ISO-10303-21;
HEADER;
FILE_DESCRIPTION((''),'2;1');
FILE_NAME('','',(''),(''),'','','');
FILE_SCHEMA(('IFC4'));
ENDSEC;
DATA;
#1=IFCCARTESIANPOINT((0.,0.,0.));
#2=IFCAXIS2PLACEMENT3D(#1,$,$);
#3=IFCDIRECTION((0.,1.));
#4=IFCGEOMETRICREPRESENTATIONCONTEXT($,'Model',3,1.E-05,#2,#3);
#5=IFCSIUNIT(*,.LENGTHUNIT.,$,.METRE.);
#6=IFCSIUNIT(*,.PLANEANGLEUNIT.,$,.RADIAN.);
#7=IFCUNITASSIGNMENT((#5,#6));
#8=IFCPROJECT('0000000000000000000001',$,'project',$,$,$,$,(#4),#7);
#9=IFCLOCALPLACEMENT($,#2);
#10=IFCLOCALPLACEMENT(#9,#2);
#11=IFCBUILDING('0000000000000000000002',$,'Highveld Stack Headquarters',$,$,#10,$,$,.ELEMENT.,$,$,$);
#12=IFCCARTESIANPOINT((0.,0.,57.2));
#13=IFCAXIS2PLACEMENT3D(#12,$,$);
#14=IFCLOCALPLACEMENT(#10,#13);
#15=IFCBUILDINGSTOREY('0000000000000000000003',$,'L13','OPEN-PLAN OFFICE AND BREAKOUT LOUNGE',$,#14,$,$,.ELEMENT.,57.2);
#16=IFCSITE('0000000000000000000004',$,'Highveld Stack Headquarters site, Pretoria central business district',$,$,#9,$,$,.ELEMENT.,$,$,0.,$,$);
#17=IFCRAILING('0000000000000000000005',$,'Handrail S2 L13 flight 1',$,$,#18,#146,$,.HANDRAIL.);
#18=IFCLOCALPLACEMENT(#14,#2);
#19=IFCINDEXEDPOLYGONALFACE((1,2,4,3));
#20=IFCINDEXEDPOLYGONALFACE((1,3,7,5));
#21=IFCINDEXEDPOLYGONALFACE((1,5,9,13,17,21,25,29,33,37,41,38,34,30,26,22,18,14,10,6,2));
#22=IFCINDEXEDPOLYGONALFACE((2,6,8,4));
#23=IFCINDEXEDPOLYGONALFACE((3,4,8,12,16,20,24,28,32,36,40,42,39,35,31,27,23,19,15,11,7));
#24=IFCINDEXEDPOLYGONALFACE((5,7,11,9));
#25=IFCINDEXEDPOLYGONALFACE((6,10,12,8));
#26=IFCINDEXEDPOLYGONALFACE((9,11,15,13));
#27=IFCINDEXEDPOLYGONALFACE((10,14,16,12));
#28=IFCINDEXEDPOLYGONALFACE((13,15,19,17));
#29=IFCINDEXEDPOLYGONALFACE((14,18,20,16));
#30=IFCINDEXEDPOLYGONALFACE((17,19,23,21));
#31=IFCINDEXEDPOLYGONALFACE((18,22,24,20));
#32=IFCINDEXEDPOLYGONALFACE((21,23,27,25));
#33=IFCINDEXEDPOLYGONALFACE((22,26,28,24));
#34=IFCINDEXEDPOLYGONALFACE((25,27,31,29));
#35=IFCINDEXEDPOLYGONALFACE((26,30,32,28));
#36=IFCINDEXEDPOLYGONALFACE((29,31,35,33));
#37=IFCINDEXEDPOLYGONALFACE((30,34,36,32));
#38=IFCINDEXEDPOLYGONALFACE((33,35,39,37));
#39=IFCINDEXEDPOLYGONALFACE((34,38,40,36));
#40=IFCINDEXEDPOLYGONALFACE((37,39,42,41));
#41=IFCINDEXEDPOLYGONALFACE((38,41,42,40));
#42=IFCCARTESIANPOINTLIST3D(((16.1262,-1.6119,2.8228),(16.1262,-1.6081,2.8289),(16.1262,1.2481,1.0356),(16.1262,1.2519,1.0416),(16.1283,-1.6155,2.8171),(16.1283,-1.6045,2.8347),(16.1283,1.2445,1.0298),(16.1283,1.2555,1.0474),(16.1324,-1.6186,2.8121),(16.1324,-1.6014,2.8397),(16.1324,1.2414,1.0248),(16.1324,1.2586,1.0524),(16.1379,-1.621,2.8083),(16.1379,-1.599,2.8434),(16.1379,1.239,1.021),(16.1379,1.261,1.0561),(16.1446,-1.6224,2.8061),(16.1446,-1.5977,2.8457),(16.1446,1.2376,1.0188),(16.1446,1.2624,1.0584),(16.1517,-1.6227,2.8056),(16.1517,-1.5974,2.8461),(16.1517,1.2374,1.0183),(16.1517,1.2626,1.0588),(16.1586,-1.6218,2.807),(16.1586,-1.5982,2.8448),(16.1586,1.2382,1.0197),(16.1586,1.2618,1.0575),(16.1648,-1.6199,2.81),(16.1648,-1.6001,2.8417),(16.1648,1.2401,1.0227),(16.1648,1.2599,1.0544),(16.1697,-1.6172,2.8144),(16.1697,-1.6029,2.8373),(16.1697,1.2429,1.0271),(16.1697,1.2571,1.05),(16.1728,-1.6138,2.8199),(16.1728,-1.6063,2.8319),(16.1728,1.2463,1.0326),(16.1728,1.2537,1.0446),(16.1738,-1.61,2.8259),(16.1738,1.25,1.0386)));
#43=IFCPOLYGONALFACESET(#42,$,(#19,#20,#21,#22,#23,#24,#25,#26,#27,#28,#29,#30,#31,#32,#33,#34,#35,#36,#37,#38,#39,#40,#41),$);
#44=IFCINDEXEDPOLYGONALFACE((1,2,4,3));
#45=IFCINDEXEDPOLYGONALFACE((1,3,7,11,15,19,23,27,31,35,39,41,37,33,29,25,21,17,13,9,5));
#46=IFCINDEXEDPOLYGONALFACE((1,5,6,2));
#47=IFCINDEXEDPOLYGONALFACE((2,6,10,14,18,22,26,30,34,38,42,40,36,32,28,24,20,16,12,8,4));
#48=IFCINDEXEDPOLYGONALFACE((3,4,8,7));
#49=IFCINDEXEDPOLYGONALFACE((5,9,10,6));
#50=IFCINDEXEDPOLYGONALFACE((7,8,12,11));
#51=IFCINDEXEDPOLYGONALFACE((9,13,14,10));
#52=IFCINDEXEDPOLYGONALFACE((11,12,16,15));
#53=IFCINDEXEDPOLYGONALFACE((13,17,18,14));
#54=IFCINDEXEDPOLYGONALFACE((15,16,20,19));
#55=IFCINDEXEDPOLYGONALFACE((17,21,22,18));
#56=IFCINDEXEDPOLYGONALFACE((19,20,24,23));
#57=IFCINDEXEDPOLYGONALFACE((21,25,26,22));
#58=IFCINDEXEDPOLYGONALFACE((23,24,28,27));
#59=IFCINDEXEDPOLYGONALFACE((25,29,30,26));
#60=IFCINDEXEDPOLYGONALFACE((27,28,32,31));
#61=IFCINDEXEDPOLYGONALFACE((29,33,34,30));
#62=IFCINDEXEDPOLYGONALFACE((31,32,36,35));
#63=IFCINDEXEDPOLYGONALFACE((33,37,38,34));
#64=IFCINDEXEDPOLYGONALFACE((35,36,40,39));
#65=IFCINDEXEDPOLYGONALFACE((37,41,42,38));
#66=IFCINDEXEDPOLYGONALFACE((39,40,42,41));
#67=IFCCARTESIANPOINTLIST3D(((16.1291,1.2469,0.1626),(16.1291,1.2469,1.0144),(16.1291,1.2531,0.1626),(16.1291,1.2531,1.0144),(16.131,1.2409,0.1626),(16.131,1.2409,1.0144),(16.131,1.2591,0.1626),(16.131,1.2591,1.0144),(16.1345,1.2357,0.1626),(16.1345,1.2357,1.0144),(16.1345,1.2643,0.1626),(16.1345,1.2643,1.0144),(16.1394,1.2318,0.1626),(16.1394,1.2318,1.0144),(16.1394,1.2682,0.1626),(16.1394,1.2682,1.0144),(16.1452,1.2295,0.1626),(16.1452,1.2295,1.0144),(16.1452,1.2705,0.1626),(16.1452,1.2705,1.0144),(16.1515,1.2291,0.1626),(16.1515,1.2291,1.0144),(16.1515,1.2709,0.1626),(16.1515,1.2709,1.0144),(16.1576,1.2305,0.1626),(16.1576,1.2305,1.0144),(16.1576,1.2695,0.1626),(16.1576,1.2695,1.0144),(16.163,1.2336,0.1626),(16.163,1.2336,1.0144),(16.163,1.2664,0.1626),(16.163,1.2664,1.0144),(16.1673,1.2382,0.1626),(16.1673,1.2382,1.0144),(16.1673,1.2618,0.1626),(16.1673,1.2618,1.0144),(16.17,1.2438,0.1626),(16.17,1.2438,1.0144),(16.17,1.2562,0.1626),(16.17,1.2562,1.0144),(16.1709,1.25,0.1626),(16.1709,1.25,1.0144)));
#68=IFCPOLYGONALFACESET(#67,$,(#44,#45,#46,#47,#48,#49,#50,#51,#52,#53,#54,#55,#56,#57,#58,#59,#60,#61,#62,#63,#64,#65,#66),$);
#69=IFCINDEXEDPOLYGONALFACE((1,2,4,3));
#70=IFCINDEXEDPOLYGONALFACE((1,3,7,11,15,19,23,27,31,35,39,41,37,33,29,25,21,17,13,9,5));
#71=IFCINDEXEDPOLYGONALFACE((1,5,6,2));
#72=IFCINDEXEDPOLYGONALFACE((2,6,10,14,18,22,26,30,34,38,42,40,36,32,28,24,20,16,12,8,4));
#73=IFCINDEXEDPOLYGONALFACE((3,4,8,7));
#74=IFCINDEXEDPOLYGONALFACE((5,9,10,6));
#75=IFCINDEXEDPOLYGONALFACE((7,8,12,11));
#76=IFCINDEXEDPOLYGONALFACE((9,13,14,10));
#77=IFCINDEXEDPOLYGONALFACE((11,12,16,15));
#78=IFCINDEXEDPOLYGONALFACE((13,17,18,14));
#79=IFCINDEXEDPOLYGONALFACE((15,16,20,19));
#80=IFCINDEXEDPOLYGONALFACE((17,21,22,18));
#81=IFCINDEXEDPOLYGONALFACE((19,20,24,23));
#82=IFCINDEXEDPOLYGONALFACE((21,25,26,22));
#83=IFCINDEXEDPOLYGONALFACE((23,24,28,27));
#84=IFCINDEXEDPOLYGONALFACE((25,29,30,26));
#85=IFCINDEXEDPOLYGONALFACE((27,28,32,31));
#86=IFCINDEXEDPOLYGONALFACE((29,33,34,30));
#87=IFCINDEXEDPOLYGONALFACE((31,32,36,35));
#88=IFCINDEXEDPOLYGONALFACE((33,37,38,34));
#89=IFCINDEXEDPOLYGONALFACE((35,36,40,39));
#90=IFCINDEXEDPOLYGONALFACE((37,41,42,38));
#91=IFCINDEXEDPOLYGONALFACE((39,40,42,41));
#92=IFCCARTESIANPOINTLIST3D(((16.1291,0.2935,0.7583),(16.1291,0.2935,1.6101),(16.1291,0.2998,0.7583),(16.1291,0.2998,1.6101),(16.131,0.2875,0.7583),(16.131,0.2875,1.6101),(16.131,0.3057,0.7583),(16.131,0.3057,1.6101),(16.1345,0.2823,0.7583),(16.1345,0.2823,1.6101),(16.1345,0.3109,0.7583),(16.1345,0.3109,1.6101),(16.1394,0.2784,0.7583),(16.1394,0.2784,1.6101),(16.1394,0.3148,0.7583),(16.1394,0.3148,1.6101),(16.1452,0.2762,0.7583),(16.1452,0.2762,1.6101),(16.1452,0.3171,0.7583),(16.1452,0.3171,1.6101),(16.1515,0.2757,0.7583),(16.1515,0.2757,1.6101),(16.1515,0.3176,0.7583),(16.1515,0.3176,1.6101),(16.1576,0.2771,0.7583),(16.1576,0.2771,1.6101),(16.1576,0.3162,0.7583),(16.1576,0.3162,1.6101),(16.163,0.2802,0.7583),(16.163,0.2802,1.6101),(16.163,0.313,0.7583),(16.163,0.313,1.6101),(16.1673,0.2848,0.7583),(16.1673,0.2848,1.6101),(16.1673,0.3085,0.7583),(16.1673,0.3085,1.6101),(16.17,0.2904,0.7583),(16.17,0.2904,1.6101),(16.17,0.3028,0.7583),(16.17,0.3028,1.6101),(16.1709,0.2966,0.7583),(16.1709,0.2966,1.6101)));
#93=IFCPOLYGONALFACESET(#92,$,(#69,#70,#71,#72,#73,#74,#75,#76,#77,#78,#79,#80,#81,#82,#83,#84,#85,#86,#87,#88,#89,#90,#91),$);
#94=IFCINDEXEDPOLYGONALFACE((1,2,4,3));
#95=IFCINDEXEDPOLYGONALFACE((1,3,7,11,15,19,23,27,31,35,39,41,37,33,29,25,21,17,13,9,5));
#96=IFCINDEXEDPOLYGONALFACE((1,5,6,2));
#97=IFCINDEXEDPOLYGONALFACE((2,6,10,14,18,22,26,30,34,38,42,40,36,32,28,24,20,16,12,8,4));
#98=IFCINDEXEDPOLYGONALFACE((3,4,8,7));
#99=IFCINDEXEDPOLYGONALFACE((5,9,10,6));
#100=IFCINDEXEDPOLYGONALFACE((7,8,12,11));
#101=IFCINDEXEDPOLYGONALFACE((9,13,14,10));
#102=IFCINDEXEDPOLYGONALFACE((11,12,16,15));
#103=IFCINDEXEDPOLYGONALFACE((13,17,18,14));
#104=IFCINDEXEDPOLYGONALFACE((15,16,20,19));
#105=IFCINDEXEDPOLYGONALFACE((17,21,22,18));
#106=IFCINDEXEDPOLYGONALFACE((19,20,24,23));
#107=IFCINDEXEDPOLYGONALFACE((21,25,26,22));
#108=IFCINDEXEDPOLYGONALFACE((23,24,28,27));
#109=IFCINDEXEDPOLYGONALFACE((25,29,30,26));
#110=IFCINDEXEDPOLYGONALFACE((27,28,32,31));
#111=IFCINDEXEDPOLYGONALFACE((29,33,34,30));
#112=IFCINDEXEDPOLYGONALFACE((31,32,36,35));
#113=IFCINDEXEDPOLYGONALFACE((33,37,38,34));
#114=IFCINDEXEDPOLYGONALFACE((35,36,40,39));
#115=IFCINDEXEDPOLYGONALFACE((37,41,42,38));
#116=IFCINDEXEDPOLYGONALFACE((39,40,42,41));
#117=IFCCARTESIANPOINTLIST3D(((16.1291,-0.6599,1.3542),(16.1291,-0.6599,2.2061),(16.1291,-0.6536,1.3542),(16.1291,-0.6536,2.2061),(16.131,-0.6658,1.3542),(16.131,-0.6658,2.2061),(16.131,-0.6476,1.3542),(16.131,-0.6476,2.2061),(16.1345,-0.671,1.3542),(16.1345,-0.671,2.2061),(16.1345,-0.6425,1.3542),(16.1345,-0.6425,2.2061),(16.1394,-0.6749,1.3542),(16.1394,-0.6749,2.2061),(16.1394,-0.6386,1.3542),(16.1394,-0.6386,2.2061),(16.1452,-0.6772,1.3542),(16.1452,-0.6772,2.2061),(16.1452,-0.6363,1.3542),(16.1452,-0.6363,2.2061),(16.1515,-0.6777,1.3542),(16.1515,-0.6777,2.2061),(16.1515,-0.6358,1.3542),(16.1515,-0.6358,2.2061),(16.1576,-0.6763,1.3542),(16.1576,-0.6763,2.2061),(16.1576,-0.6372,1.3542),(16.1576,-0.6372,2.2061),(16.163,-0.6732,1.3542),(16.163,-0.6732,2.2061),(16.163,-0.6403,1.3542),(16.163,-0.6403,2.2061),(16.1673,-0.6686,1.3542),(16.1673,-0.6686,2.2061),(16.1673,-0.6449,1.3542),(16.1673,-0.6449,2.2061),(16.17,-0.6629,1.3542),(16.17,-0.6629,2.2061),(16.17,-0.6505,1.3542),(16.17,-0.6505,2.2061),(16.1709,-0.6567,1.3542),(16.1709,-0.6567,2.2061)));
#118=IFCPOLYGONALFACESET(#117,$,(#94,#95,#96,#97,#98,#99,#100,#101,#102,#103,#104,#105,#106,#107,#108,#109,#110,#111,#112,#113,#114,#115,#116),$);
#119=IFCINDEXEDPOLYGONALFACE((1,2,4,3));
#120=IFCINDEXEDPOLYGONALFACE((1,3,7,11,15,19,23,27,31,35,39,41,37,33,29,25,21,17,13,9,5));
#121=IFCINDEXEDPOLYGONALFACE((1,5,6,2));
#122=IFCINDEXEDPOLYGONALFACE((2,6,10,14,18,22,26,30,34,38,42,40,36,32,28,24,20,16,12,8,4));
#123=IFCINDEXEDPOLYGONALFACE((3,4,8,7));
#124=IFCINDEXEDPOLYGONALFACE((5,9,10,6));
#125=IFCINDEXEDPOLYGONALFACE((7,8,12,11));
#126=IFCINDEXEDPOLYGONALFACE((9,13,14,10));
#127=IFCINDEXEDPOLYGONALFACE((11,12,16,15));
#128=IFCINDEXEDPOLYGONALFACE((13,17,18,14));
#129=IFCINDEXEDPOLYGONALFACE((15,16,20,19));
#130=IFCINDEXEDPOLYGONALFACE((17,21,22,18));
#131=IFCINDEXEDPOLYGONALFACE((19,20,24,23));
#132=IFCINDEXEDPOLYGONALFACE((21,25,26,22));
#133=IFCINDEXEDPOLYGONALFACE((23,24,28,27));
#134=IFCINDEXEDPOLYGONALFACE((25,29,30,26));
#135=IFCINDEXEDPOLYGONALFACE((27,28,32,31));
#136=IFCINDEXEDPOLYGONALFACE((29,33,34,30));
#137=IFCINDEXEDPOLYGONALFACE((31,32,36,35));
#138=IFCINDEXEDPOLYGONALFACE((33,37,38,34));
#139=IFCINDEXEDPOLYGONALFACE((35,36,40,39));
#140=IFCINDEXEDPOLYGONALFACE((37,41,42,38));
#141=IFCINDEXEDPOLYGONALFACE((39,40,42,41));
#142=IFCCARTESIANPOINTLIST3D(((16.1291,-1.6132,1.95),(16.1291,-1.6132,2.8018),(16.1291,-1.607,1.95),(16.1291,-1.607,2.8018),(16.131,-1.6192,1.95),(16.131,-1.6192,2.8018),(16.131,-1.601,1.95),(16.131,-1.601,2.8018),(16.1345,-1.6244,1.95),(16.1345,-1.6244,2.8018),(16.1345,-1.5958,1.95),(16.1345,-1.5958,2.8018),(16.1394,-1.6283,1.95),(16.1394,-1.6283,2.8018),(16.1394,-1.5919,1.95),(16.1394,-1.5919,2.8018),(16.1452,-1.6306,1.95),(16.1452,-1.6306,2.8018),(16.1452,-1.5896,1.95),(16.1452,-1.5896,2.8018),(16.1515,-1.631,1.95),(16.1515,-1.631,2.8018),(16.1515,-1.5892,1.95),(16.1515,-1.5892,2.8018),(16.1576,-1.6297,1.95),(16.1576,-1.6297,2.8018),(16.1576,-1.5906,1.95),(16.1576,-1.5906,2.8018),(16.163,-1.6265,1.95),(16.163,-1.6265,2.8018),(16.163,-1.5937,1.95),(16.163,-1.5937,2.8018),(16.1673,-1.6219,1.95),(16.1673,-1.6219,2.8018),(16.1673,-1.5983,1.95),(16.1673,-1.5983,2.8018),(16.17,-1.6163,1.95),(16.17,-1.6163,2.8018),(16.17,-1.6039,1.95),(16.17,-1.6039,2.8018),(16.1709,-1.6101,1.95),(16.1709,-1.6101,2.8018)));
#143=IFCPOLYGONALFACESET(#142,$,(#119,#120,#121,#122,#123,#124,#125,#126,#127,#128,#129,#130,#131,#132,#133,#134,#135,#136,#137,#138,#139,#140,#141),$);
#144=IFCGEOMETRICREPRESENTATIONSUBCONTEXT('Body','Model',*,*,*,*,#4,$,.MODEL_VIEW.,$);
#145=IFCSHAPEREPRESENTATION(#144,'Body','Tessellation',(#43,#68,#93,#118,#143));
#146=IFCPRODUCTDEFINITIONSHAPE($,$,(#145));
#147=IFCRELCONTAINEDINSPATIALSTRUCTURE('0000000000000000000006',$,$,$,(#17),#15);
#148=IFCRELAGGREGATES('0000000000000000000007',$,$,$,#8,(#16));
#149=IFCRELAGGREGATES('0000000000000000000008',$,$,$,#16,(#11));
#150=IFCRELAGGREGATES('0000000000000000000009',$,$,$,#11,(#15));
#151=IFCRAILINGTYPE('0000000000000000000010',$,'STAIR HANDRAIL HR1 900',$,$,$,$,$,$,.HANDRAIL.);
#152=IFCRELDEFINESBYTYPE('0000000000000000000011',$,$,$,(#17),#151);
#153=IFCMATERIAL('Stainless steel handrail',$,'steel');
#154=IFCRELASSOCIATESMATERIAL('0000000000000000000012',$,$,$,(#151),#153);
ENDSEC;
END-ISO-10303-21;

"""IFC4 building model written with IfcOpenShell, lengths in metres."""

from ifc_helpers import new_model, si_unit, direction, frame, origin, origin_2d, place, context, subcontext, project, spatial, circle, extrude, material, type_object, element, save


model = new_model("IFC4")

# Units and contexts
model_context = context("Model", 3, precision=1e-05, world=origin(), true_north=direction((0.0, 1.0)))
body_context = subcontext(model_context, "Body", "Model", "MODEL_VIEW")
ifc_project = project(units=[si_unit("LENGTHUNIT", "METRE"), si_unit("PLANEANGLEUNIT", "RADIAN")], contexts=[model_context])

# Site, building, storey
site_placement = place(None, origin())
site = spatial("IfcSite", under=ifc_project, at=site_placement, Name="Highveld Stack Headquarters site, Pretoria central business district", CompositionType="ELEMENT", RefElevation=0.0)
building_placement = place(site_placement, origin())
building = spatial("IfcBuilding", under=site, at=building_placement, Name="Highveld Stack Headquarters", CompositionType="ELEMENT")
storey_placement = place(building_placement, frame((0.0, 0.0, 57.2)))
storey = spatial("IfcBuildingStorey", under=building, at=storey_placement, Name="L13", Description="OPEN-PLAN OFFICE AND BREAKOUT LOUNGE", CompositionType="ELEMENT", Elevation=57.2)

# Railing
ifc_material_1 = material(Name="Stainless steel handrail", Category="steel")
railing_type = type_object("IfcRailingType", Name="STAIR HANDRAIL HR1 900", PredefinedType="HANDRAIL", material=ifc_material_1)
for number, where, name in (
    (1, (16.1499, 1.25, 0.1626), "Handrail S2 L13 flight 1"),
):
    element("IfcRailing", number, at=place(storey_placement, frame(where)), inside=storey, type_object=railing_type, Name=name, PredefinedType="HANDRAIL", context=body_context, shape_type="SweptSolid", body=[
        extrude(circle(Radius=0.0239, at=origin_2d()), frame((0.0, 0.0, 0.876), z_axis=(0.0, -0.848027, 0.529953), x_axis=(1.0, 0.0, 0.0)), (0.0, 0.0, 1.0), 3.3726),
        extrude(circle(Radius=0.021, at=origin_2d()), origin(), (0.0, 0.0, 1.0), 0.8518),
        extrude(circle(Radius=0.021, at=origin_2d()), frame((0.0, -0.9534, 0.5957)), (0.0, 0.0, 1.0), 0.8518),
        extrude(circle(Radius=0.021, at=origin_2d()), frame((0.0, -1.9067, 1.1917)), (0.0, 0.0, 1.0), 0.8518),
        extrude(circle(Radius=0.021, at=origin_2d()), frame((0.0, -2.8601, 1.7874)), (0.0, 0.0, 1.0), 0.8518),
    ])

save(model, "model.ifc")
